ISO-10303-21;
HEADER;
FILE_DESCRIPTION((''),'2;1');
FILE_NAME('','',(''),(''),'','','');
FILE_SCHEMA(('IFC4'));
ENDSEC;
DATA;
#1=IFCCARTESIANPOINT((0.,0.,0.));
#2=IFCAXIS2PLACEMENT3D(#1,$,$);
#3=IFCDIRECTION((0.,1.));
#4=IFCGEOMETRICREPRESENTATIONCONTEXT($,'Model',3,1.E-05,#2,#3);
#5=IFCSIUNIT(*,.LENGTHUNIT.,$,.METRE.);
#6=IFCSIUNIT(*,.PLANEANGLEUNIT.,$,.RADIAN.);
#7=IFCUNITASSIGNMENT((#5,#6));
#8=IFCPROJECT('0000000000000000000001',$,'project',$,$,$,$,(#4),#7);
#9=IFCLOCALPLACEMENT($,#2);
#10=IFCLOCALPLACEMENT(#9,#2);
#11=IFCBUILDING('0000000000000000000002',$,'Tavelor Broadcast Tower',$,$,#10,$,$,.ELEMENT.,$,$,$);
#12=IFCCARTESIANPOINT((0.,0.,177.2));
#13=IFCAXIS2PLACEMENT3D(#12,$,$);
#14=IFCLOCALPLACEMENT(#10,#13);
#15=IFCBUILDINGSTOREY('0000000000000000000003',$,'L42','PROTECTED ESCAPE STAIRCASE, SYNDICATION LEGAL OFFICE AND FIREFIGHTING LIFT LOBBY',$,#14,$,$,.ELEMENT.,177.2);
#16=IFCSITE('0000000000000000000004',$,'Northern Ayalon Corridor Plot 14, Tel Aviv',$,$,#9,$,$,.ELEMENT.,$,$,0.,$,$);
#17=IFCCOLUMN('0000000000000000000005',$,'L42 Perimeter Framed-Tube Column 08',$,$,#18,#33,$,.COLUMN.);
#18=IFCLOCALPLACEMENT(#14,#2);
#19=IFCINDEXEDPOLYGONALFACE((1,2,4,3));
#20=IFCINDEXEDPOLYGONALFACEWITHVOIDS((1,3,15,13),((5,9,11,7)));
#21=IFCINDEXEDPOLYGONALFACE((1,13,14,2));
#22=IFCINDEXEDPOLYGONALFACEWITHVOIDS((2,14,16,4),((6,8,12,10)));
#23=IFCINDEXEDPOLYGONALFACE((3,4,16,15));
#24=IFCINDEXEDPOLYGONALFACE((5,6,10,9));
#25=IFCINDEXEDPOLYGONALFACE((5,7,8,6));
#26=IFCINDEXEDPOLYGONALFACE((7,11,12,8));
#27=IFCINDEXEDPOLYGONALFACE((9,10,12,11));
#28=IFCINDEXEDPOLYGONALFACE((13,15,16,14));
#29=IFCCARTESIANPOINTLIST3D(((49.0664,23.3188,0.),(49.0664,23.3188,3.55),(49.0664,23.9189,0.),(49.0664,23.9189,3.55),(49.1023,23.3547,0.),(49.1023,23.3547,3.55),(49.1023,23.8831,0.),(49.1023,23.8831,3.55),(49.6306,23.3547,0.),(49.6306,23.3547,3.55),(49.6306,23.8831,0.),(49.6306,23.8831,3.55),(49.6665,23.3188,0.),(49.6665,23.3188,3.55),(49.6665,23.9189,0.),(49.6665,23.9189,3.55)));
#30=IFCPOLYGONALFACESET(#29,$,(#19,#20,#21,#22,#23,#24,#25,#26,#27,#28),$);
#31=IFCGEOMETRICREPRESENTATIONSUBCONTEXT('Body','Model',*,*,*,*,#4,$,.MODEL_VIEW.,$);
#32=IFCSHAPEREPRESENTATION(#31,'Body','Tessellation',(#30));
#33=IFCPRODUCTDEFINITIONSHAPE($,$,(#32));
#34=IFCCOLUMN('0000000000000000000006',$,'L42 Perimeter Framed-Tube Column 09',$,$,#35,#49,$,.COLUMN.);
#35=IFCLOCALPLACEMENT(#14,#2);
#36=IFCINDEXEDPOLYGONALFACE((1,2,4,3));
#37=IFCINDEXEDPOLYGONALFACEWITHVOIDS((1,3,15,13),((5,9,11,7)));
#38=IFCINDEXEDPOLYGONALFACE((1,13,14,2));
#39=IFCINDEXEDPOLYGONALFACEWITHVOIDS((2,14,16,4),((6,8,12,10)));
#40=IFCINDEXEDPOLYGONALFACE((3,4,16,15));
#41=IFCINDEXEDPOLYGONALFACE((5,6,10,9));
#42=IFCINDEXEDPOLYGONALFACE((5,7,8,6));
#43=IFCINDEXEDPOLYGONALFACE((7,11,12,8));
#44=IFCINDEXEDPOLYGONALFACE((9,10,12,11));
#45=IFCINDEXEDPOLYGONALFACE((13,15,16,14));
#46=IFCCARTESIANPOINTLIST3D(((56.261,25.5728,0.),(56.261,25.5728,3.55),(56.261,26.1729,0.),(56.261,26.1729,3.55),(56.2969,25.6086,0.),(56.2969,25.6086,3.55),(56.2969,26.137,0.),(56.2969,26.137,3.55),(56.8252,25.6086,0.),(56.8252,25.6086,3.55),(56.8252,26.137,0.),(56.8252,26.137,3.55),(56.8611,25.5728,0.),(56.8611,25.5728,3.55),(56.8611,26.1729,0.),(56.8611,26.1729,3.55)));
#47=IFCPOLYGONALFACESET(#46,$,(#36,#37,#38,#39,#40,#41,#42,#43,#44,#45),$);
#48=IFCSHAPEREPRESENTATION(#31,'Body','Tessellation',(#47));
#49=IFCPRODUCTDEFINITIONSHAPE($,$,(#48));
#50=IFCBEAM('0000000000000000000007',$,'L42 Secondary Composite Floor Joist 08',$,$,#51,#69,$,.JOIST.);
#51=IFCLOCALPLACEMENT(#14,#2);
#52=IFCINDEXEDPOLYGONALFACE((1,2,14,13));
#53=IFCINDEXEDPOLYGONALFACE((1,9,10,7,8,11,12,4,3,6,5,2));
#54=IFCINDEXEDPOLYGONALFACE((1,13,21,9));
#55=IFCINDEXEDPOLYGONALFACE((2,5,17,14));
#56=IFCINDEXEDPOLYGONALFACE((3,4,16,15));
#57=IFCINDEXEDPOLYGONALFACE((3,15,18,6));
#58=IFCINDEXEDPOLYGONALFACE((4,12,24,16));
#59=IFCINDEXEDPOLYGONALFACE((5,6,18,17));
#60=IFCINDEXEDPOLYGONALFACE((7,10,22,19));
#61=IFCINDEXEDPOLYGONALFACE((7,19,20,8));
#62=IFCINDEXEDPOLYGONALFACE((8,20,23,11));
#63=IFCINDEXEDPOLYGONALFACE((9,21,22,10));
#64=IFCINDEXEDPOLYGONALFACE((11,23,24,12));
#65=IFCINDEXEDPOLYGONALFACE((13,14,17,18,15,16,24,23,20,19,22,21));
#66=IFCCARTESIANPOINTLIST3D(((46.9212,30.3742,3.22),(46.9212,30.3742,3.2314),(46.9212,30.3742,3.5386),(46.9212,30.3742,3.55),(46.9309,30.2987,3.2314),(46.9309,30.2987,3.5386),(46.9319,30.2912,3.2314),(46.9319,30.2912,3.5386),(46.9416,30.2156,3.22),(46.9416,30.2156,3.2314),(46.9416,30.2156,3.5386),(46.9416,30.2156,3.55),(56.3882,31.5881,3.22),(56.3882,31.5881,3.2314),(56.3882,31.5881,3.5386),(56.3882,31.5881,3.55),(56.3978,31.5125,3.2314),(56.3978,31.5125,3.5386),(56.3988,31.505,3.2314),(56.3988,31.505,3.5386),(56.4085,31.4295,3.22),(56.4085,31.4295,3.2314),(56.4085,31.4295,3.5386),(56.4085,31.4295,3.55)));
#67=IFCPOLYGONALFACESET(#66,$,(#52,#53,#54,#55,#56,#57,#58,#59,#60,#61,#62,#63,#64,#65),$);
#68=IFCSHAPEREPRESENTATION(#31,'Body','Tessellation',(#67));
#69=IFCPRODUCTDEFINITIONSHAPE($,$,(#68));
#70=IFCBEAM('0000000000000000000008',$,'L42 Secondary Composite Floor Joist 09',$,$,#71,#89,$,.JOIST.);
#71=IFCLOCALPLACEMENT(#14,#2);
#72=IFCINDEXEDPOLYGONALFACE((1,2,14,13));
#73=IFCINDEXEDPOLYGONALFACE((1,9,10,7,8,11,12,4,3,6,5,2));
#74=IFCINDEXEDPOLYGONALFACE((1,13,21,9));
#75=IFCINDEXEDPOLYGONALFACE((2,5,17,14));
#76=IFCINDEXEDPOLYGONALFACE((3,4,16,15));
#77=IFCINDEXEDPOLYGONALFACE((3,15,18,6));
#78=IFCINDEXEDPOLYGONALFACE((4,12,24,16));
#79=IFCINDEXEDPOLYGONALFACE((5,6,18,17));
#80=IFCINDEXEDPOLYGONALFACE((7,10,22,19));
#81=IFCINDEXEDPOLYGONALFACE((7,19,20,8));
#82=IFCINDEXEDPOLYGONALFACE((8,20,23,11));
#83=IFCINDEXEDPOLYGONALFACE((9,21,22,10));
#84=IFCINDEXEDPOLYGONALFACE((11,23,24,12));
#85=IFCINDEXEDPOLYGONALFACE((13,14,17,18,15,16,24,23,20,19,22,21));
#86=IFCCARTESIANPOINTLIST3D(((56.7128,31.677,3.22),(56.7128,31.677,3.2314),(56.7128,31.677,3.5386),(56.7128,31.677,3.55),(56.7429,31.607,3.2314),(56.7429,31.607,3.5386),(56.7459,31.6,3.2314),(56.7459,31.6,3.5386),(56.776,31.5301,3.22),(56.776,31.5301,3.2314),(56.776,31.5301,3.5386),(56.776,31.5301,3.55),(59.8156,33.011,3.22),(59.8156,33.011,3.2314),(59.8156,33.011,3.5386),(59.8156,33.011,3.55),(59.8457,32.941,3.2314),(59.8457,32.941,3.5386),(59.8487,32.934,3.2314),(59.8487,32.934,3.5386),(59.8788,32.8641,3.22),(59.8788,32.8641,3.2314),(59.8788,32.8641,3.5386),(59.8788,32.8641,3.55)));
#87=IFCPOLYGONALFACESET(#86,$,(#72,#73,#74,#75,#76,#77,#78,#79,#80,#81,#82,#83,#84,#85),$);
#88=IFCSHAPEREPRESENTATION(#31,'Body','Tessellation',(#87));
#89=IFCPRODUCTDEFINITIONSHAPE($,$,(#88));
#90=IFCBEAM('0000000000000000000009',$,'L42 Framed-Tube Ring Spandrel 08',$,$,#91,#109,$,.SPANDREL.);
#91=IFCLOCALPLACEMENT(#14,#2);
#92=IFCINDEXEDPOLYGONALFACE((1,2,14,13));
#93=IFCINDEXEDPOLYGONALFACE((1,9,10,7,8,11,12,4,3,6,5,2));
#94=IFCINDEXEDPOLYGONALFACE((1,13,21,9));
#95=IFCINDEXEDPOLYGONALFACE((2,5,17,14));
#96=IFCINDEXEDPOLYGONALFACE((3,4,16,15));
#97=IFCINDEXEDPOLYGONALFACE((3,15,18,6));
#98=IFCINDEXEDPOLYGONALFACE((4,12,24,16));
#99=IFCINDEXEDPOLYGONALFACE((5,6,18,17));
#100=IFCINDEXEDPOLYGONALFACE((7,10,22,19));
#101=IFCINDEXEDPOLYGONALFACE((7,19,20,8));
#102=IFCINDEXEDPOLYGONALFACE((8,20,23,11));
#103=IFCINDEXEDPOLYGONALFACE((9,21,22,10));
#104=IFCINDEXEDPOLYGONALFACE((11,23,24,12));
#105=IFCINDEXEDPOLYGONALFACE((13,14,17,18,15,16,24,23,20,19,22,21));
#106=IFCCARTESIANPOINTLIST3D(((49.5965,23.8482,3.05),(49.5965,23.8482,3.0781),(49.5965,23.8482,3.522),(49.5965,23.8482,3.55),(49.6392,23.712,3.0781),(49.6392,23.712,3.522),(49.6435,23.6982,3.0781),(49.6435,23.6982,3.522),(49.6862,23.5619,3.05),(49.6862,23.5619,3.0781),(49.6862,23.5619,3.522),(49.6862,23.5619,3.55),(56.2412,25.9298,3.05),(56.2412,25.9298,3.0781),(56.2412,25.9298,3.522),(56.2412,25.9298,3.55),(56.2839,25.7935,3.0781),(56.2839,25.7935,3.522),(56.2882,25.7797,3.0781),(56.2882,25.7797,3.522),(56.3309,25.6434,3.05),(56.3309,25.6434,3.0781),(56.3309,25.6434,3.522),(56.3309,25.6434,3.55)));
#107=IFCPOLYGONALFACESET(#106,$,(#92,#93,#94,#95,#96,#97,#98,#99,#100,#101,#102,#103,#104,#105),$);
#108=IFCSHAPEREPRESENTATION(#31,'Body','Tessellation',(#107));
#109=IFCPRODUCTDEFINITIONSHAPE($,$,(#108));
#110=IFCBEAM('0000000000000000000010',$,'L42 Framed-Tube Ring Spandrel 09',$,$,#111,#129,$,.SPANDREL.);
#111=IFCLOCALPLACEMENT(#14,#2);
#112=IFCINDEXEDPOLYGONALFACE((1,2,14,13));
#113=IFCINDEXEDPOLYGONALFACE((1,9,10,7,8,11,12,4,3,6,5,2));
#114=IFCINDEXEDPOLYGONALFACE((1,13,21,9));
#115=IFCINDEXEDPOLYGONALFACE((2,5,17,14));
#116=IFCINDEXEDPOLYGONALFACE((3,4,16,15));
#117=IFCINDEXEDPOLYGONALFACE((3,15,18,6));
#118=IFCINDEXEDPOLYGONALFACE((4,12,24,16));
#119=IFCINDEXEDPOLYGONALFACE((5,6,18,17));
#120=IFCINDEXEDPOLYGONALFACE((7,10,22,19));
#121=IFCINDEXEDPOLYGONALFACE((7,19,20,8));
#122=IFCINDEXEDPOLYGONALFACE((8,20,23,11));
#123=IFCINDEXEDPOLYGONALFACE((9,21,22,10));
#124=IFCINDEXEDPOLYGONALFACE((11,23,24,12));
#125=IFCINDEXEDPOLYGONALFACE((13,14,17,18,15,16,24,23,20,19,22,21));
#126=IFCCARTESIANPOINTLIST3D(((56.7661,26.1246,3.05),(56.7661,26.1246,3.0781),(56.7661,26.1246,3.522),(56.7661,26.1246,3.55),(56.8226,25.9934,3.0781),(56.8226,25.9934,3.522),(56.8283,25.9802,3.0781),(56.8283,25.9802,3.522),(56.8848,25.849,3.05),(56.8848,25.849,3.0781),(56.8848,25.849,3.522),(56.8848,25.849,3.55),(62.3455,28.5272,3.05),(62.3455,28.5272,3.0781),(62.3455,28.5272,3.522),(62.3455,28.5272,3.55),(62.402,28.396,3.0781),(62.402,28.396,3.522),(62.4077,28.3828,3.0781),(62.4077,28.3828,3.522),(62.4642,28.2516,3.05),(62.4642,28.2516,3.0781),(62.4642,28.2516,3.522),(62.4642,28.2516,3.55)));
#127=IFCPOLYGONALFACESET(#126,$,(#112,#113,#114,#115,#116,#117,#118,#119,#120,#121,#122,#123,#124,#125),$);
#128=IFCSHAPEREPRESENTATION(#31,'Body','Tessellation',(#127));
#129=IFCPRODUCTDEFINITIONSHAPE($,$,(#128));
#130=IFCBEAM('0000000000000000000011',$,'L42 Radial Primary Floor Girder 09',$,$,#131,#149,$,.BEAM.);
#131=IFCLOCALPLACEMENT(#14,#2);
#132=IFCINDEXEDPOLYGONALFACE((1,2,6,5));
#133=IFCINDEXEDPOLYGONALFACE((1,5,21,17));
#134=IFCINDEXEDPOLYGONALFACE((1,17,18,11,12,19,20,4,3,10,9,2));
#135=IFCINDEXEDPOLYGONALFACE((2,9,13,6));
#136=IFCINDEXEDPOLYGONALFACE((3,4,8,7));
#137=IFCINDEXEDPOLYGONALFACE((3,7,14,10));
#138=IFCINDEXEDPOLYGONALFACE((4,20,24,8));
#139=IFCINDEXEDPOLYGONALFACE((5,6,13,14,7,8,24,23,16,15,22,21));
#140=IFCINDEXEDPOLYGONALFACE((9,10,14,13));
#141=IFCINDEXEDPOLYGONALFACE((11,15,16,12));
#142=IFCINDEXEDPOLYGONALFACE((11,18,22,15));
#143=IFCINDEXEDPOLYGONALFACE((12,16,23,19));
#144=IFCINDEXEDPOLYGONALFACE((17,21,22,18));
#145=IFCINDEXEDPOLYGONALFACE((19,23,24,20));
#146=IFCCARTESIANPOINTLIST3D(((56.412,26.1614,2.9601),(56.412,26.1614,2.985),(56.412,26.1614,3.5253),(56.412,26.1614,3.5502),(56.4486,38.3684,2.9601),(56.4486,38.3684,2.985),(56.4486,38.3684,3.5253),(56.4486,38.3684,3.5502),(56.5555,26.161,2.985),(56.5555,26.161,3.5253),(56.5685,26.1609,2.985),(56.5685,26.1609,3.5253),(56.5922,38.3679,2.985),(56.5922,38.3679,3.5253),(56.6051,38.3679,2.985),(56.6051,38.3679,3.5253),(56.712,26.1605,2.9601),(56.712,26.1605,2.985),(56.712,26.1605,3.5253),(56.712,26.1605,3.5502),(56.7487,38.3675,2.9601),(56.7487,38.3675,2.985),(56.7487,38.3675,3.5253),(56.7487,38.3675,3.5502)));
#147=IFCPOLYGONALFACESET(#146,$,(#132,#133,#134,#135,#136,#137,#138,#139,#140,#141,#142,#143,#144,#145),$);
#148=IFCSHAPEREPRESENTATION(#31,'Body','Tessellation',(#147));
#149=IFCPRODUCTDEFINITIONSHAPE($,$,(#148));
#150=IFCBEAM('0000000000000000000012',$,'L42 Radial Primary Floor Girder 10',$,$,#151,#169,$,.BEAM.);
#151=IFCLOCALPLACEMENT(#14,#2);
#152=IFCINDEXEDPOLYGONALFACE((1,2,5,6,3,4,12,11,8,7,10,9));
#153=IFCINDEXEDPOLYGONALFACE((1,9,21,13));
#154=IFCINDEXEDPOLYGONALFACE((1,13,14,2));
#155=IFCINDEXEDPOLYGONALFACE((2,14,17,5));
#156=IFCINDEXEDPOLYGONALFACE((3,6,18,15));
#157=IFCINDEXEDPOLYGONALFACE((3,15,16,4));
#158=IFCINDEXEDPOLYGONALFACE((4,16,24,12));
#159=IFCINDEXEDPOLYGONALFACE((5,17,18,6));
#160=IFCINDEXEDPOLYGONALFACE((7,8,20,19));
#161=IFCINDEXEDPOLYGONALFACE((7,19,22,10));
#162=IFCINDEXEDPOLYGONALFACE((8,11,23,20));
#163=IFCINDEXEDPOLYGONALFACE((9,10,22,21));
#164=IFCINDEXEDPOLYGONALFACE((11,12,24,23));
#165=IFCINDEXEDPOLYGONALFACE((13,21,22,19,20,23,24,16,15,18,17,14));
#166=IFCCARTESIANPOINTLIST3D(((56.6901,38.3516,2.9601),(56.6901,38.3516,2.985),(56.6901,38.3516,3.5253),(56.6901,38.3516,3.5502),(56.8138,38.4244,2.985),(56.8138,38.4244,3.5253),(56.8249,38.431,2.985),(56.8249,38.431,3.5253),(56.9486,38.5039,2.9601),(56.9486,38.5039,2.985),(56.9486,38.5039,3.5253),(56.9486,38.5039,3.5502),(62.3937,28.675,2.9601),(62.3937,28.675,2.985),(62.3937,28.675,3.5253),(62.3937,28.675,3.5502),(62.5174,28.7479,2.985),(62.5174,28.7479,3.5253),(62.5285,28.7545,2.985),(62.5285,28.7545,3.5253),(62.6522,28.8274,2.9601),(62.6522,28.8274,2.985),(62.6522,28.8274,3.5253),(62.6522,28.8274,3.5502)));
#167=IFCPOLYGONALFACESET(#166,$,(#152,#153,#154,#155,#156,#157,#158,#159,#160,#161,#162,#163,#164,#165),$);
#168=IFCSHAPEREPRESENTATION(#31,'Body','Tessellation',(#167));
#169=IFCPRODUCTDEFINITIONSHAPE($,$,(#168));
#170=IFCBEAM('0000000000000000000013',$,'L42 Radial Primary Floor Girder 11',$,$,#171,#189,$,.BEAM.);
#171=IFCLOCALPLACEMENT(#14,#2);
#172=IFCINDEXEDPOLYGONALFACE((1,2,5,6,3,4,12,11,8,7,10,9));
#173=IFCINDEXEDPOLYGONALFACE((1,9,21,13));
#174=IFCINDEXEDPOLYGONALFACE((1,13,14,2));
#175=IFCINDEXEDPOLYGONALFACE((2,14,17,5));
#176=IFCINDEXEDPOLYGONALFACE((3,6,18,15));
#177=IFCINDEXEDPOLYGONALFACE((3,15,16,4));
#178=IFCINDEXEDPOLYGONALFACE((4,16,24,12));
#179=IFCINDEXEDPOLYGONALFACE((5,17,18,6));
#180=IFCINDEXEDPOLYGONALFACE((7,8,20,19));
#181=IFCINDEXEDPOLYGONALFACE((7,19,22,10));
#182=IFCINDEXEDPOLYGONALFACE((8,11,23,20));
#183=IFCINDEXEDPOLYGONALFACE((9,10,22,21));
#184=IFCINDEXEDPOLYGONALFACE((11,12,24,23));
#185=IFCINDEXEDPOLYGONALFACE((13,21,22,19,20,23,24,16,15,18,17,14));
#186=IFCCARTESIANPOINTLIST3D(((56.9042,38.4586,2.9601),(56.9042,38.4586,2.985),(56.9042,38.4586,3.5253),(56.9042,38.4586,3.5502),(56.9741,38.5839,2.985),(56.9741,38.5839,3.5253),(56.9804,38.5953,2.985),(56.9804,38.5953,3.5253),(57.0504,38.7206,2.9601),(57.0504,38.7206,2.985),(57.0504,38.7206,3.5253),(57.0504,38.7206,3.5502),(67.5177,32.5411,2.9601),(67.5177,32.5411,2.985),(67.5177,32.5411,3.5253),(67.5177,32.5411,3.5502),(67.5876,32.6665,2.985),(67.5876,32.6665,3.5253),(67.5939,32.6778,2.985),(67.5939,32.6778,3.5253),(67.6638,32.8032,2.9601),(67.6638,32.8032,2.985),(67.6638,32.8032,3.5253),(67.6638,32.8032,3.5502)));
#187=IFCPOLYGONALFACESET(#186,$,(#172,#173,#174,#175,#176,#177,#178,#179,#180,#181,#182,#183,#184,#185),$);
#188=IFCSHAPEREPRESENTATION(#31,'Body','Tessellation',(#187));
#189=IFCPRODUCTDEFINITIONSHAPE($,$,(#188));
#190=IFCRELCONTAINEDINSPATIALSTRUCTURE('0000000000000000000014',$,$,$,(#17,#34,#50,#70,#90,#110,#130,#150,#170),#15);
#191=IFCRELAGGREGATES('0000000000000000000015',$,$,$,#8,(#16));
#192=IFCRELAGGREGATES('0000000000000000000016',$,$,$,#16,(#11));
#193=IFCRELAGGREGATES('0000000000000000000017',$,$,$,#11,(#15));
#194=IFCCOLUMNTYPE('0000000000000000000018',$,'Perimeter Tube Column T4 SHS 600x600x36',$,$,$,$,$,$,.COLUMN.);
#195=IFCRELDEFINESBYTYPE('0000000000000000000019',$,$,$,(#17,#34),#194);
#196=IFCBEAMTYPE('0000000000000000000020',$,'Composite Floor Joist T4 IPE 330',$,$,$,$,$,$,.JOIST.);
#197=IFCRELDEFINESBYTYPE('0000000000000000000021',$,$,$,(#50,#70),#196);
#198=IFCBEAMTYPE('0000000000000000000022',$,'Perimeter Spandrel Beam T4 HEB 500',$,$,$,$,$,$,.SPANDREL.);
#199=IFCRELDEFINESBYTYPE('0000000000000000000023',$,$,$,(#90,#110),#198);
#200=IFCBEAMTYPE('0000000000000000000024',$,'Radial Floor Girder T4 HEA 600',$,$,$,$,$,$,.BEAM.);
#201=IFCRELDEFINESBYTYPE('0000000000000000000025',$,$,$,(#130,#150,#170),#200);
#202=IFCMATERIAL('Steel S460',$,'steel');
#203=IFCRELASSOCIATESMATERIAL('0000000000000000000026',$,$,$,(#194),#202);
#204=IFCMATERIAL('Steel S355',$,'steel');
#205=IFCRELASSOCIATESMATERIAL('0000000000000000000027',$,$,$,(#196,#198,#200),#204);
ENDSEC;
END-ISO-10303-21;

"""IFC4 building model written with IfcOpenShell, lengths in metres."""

from ifc_helpers import new_model, si_unit, direction, frame, origin, origin_2d, place, context, subcontext, project, spatial, hollow_rectangle, i_section, extrude, material, material_profile, profile_set, type_object, element, save


model = new_model("IFC4")

# Units and contexts
model_context = context("Model", 3, precision=1e-05, world=origin(), true_north=direction((0.0, 1.0)))
body_context = subcontext(model_context, "Body", "Model", "MODEL_VIEW")
ifc_project = project(units=[si_unit("LENGTHUNIT", "METRE"), si_unit("PLANEANGLEUNIT", "RADIAN")], contexts=[model_context])

# Site, building, storey
site_placement = place(None, origin())
site = spatial("IfcSite", under=ifc_project, at=site_placement, Name="Northern Ayalon Corridor Plot 14, Tel Aviv", CompositionType="ELEMENT", RefElevation=0.0)
building_placement = place(site_placement, origin())
building = spatial("IfcBuilding", under=site, at=building_placement, Name="Tavelor Broadcast Tower", CompositionType="ELEMENT")
storey_placement = place(building_placement, frame((0.0, 0.0, 177.2)))
storey = spatial("IfcBuildingStorey", under=building, at=storey_placement, Name="L42", Description="PROTECTED ESCAPE STAIRCASE, SYNDICATION LEGAL OFFICE AND FIREFIGHTING LIFT LOBBY", CompositionType="ELEMENT", Elevation=177.2)

# Columns
ifc_material_1 = material(Name="Steel S460", Category="steel")
ifc_material_profile_1 = material_profile(ifc_material_1, hollow_rectangle(XDim=0.6001, YDim=0.6001, WallThickness=0.0359, at=origin_2d()), Name="SHS 600x600x36")
ifc_profile_set_1 = profile_set([ifc_material_profile_1], Name="Steel S460")
column_type = type_object("IfcColumnType", Name="Perimeter Tube Column T4 SHS 600x600x36", PredefinedType="COLUMN", material=ifc_profile_set_1)
for number, where, z_axis, x_axis, name in (
    (1, (49.3665, 23.6189, 0.0), (0.0, 0.0, 1.0), (1.0, 0.0, 0.0), "L42 Perimeter Framed-Tube Column 08"),
    (2, (56.561, 25.8728, 0.0), (0.0, 0.0, 1.0), (1.0, 0.0, 0.0), "L42 Perimeter Framed-Tube Column 09"),
):
    element("IfcColumn", number, at=place(storey_placement, frame(where, z_axis=z_axis, x_axis=x_axis)), inside=storey, type_object=column_type, Name=name, PredefinedType="COLUMN", context=body_context, shape_type="SweptSolid", body=[
        extrude(hollow_rectangle(XDim=0.6001, YDim=0.6001, WallThickness=0.0359, at=origin_2d()), origin(), (0.0, 0.0, 1.0), 3.55),
    ])

# Beams
ifc_material_2 = material(Name="Steel S355", Category="steel")
ifc_material_profile_2 = material_profile(ifc_material_2, i_section(OverallWidth=0.1599, OverallDepth=0.3301, WebThickness=0.0076, FlangeThickness=0.0115, at=origin_2d()), Name="IPE 330")
ifc_profile_set_2 = profile_set([ifc_material_profile_2], Name="Steel S355")
beam_type_1 = type_object("IfcBeamType", Name="Composite Floor Joist T4 IPE 330", PredefinedType="JOIST", material=ifc_profile_set_2)
beam_1_placement = place(storey_placement, frame((46.9314, 30.2949, 3.385), z_axis=(0.99188, 0.127179, 0.0), x_axis=(-0.127179, 0.99188, 0.0)))
element("IfcBeam", 3, at=beam_1_placement, inside=storey, type_object=beam_type_1, Name="L42 Secondary Composite Floor Joist 08", PredefinedType="JOIST", context=body_context, shape_type="SweptSolid", body=[
    extrude(i_section(OverallWidth=0.1599, OverallDepth=0.3301, WebThickness=0.0076, FlangeThickness=0.0115, at=origin_2d()), origin(), (0.0, 0.0, 1.0), 9.5444),
])
beam_2_placement = place(storey_placement, frame((56.7444, 31.6035, 3.385), z_axis=(0.918692, 0.394975, 0.0), x_axis=(-0.394975, 0.918692, 0.0)))
element("IfcBeam", 4, at=beam_2_placement, inside=storey, type_object=beam_type_1, Name="L42 Secondary Composite Floor Joist 09", PredefinedType="JOIST", context=body_context, shape_type="SweptSolid", body=[
    extrude(i_section(OverallWidth=0.1599, OverallDepth=0.3301, WebThickness=0.0076, FlangeThickness=0.0115, at=origin_2d()), origin(), (0.0, 0.0, 1.0), 3.3774),
])
ifc_material_profile_3 = material_profile(ifc_material_2, i_section(OverallWidth=0.3, OverallDepth=0.5, WebThickness=0.0144, FlangeThickness=0.0281, at=origin_2d()), Name="HEB 500")
ifc_profile_set_3 = profile_set([ifc_material_profile_3], Name="Steel S355")
beam_type_2 = type_object("IfcBeamType", Name="Perimeter Spandrel Beam T4 HEB 500", PredefinedType="SPANDREL", material=ifc_profile_set_3)
beam_3_placement = place(storey_placement, frame((49.6414, 23.7051, 3.3), z_axis=(0.954273, 0.298936, 0.0), x_axis=(-0.298936, 0.954273, 0.0)))
element("IfcBeam", 5, at=beam_3_placement, inside=storey, type_object=beam_type_2, Name="L42 Framed-Tube Ring Spandrel 08", PredefinedType="SPANDREL", context=body_context, shape_type="SweptSolid", body=[
    extrude(i_section(OverallWidth=0.3, OverallDepth=0.5, WebThickness=0.0144, FlangeThickness=0.0281, at=origin_2d()), origin(), (0.0, 0.0, 1.0), 6.9631),
])
beam_4_placement = place(storey_placement, frame((56.8254, 25.9868, 3.3), z_axis=(0.918462, 0.39551, 0.0), x_axis=(-0.39551, 0.918462, 0.0)))
element("IfcBeam", 6, at=beam_4_placement, inside=storey, type_object=beam_type_2, Name="L42 Framed-Tube Ring Spandrel 09", PredefinedType="SPANDREL", context=body_context, shape_type="SweptSolid", body=[
    extrude(i_section(OverallWidth=0.3, OverallDepth=0.5, WebThickness=0.0144, FlangeThickness=0.0281, at=origin_2d()), origin(), (0.0, 0.0, 1.0), 6.0747),
])
ifc_material_profile_4 = material_profile(ifc_material_2, i_section(OverallWidth=0.3, OverallDepth=0.5901, WebThickness=0.0129, FlangeThickness=0.0249, at=origin_2d()), Name="HEA 600")
ifc_profile_set_4 = profile_set([ifc_material_profile_4], Name="Steel S355")
beam_type_3 = type_object("IfcBeamType", Name="Radial Floor Girder T4 HEA 600", PredefinedType="BEAM", material=ifc_profile_set_4)
beam_5_placement = place(storey_placement, frame((56.5986, 38.3679, 3.2551), z_axis=(-0.003, -0.999996, 0.0), x_axis=(0.999996, -0.003, 0.0)))
element("IfcBeam", 7, at=beam_5_placement, inside=storey, type_object=beam_type_3, Name="L42 Radial Primary Floor Girder 09", PredefinedType="BEAM", context=body_context, shape_type="SweptSolid", body=[
    extrude(i_section(OverallWidth=0.3, OverallDepth=0.5901, WebThickness=0.0129, FlangeThickness=0.0249, at=origin_2d()), origin(), (0.0, 0.0, 1.0), 12.207),
])
beam_6_placement = place(storey_placement, frame((56.8193, 38.4277, 3.2551), z_axis=(0.507784, -0.861485, 0.0), x_axis=(0.861485, 0.507784, 0.0)))
element("IfcBeam", 8, at=beam_6_placement, inside=storey, type_object=beam_type_3, Name="L42 Radial Primary Floor Girder 10", PredefinedType="BEAM", context=body_context, shape_type="SweptSolid", body=[
    extrude(i_section(OverallWidth=0.3, OverallDepth=0.5901, WebThickness=0.0129, FlangeThickness=0.0249, at=origin_2d()), origin(), (0.0, 0.0, 1.0), 11.2324),
])
beam_7_placement = place(storey_placement, frame((56.9773, 38.5896, 3.2551), z_axis=(0.87342, -0.486968, 0.0), x_axis=(0.486968, 0.87342, 0.0)))
element("IfcBeam", 9, at=beam_7_placement, inside=storey, type_object=beam_type_3, Name="L42 Radial Primary Floor Girder 11", PredefinedType="BEAM", context=body_context, shape_type="SweptSolid", body=[
    extrude(i_section(OverallWidth=0.3, OverallDepth=0.5901, WebThickness=0.0129, FlangeThickness=0.0249, at=origin_2d()), origin(), (0.0, 0.0, 1.0), 12.1516),
])

save(model, "model.ifc")
